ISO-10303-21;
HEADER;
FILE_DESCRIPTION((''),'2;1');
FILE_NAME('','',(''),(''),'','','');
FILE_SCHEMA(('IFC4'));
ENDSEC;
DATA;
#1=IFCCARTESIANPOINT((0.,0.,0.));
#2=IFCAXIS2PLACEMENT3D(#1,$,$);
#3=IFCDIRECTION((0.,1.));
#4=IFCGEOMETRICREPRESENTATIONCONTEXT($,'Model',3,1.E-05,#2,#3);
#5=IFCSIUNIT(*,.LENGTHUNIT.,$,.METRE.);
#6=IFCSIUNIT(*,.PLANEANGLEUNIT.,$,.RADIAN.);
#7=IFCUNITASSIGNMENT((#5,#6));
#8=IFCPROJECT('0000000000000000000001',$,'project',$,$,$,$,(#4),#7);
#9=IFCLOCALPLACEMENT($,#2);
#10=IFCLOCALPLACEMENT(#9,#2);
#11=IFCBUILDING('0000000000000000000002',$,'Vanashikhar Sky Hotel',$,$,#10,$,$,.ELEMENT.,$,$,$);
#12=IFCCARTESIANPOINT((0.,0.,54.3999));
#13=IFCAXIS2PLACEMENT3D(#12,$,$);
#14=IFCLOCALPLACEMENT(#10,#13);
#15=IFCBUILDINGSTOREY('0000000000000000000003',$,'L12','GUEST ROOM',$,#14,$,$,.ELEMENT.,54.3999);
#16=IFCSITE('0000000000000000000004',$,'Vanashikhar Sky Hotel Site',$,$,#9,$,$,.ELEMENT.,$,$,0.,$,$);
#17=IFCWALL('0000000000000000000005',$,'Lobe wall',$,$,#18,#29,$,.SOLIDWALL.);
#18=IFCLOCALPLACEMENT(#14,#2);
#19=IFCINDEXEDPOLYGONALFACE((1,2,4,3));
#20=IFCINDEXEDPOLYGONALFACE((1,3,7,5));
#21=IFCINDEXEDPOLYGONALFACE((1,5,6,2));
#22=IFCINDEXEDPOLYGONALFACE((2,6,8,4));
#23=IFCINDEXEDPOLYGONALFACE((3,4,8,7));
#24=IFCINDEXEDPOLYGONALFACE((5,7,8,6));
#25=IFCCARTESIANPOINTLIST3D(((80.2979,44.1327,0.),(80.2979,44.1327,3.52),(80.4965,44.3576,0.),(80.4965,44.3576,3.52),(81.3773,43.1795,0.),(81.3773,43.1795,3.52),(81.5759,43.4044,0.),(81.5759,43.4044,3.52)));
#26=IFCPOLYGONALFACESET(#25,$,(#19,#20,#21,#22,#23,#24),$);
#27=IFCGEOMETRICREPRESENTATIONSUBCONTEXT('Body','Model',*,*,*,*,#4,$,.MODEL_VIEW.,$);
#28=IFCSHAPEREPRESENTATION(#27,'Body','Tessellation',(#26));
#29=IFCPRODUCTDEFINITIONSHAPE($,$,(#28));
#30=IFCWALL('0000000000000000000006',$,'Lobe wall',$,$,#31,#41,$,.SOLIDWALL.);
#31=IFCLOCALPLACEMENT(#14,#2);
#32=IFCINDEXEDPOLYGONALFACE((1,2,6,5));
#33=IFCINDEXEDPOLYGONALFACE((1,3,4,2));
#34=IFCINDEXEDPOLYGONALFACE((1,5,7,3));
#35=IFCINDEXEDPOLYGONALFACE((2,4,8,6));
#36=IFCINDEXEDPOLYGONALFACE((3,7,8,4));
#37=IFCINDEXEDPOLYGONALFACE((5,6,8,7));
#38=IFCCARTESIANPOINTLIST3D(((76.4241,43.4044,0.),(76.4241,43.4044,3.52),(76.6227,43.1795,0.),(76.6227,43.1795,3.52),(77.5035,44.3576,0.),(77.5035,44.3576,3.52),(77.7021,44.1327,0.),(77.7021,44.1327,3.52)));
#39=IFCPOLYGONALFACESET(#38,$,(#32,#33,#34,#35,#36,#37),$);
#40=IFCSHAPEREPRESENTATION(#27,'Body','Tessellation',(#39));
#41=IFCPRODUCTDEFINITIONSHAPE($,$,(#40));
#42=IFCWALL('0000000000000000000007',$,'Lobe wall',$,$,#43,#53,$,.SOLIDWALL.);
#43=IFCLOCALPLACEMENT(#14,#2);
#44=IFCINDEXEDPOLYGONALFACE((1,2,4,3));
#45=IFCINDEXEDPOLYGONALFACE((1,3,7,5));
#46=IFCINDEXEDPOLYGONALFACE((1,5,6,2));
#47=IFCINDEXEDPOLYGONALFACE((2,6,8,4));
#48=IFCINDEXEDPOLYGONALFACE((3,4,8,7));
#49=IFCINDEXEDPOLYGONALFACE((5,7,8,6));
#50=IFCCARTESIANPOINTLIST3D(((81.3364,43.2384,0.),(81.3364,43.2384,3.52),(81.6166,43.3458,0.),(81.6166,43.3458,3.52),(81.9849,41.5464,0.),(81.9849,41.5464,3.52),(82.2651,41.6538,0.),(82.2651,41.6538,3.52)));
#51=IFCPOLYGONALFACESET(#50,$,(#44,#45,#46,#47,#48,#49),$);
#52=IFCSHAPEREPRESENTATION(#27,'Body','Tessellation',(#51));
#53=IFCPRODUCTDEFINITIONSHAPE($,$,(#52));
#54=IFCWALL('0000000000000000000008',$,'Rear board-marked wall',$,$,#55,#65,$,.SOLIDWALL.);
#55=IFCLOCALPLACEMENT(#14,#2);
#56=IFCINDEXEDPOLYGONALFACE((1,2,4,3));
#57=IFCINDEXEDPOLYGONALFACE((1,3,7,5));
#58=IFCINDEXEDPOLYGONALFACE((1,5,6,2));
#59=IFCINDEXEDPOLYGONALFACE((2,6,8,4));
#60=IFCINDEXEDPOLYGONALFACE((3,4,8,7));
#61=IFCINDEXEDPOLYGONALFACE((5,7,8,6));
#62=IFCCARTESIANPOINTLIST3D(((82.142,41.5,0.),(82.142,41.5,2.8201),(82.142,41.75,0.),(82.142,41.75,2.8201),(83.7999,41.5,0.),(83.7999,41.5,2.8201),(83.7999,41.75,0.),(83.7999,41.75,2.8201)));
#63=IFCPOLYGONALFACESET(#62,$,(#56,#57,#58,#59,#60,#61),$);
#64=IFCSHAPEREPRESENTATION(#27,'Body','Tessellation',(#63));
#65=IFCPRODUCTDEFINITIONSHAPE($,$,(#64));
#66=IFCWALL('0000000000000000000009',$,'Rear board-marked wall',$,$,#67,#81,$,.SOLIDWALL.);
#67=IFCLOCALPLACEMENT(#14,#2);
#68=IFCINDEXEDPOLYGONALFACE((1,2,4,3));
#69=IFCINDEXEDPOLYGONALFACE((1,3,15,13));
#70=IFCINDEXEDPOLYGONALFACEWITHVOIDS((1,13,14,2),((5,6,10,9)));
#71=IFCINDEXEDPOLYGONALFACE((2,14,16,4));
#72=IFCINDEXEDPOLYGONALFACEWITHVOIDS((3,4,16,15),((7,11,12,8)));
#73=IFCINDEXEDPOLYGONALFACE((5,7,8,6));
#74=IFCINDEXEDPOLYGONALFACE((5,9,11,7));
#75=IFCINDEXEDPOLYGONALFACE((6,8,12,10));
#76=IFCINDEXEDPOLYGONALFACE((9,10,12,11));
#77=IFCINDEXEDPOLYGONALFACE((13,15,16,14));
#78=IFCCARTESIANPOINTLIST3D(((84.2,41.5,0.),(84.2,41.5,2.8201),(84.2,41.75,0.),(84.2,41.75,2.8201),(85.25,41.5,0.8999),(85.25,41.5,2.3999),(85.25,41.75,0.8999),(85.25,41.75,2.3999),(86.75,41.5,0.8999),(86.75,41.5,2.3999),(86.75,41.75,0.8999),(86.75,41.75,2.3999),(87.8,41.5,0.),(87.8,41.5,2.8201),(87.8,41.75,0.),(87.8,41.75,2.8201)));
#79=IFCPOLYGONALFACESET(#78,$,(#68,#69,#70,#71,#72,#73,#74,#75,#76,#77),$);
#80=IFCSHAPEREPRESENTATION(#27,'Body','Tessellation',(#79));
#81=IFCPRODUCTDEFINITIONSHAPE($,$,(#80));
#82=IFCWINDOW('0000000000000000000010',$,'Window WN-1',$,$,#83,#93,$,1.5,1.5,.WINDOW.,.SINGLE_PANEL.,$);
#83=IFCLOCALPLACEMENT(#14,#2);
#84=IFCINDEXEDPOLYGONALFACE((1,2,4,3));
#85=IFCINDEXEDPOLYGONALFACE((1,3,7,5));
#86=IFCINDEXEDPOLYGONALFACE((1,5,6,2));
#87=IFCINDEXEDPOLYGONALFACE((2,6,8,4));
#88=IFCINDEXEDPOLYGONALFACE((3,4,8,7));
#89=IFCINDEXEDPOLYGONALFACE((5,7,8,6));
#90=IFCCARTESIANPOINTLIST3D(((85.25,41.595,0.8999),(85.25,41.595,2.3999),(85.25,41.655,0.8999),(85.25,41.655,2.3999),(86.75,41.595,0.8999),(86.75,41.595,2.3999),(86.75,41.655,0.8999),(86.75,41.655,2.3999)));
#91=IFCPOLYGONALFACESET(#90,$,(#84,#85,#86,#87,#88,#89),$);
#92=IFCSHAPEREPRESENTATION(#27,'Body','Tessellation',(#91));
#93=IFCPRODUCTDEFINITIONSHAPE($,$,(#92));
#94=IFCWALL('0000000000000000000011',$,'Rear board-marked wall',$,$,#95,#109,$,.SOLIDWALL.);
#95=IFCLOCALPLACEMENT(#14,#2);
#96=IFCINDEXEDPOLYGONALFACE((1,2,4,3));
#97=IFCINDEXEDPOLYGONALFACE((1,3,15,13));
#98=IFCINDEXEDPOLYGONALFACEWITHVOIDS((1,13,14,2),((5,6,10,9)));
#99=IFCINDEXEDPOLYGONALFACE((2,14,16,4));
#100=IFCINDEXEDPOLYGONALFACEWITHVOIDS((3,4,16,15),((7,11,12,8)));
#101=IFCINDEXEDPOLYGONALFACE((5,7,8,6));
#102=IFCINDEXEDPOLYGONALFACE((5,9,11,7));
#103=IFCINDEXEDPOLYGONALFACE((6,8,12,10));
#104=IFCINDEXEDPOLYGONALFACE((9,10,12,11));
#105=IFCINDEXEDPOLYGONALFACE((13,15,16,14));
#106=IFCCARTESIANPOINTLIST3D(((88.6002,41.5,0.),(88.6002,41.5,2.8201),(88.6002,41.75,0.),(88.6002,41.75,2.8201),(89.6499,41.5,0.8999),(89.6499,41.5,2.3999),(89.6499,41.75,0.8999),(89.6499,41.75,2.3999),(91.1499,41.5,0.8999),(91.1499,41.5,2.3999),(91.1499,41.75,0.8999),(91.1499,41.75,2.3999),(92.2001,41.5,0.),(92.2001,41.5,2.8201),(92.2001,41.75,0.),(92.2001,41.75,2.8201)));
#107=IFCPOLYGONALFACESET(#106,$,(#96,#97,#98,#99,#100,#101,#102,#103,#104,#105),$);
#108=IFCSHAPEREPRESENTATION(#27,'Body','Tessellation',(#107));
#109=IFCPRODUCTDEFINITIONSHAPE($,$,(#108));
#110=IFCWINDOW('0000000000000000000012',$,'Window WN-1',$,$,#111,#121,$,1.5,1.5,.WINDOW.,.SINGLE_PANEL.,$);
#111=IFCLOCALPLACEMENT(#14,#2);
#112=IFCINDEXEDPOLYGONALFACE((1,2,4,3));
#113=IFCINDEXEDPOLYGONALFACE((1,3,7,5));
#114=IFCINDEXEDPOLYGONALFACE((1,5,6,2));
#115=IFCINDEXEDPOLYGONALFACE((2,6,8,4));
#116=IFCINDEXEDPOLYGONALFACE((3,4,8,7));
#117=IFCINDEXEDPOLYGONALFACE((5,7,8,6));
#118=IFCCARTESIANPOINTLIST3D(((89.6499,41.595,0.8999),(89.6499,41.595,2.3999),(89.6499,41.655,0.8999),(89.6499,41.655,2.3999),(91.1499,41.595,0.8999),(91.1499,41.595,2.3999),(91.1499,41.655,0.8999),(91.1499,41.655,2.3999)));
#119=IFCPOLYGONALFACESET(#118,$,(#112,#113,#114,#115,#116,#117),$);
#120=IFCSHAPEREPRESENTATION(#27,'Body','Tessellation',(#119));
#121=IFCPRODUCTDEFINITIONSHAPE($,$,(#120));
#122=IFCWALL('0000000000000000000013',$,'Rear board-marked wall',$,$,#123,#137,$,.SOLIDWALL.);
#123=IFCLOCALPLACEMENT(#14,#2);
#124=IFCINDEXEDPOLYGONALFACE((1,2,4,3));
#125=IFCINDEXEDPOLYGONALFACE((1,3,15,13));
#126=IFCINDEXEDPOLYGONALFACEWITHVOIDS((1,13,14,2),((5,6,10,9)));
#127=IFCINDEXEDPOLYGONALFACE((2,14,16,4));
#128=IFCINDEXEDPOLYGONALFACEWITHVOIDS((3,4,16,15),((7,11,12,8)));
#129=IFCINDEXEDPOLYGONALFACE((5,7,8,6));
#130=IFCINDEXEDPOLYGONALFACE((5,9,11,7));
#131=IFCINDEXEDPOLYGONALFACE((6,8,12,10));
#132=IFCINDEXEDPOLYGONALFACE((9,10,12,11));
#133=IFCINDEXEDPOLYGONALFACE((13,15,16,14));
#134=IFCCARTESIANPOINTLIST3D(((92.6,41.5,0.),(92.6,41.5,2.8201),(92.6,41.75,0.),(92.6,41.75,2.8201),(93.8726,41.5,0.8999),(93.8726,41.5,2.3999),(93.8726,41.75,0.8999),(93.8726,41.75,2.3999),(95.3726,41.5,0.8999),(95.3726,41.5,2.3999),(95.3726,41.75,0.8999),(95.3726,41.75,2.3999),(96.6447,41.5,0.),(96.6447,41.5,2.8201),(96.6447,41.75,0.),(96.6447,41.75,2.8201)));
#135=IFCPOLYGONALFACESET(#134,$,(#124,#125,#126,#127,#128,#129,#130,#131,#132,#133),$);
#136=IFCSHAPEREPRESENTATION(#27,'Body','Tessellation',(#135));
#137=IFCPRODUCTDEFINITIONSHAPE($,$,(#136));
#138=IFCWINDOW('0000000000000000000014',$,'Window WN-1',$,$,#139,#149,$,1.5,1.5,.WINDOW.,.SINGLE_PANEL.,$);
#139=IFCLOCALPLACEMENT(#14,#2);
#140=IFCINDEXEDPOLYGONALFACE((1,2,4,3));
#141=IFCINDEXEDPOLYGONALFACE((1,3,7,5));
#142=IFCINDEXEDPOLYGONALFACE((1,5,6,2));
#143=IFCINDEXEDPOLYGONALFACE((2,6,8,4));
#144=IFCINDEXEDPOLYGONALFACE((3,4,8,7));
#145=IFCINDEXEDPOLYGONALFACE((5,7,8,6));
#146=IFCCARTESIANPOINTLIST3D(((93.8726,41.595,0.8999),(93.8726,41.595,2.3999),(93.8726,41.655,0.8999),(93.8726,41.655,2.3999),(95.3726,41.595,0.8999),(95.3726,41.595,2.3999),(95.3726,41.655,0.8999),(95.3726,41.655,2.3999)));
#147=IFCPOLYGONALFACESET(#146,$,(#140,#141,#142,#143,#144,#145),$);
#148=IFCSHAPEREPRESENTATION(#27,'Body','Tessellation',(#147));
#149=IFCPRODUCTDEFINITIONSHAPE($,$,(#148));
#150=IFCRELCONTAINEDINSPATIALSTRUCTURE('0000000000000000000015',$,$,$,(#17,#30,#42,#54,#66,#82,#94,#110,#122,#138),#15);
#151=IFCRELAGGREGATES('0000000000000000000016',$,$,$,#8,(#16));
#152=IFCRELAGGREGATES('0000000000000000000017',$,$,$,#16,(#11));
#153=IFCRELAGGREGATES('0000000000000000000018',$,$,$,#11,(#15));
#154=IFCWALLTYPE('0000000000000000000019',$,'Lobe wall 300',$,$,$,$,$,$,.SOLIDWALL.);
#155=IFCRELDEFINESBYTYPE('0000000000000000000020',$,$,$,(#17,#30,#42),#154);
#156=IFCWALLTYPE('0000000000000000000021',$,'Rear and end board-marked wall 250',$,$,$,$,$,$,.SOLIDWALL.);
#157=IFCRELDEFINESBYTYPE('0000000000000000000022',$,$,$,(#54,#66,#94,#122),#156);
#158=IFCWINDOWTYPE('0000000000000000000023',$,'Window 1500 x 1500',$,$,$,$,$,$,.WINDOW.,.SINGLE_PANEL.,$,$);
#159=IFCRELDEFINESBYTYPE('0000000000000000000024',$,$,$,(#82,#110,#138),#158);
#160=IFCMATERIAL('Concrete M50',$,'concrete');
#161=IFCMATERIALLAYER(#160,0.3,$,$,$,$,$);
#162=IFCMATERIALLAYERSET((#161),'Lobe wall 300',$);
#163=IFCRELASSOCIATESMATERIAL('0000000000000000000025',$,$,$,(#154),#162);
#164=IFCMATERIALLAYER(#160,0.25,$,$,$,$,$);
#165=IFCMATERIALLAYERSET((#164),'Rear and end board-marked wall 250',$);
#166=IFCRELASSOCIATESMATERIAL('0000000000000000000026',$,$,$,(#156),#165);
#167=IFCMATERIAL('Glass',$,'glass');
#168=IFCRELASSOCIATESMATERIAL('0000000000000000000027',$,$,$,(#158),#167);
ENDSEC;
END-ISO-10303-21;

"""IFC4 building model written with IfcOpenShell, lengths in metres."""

from ifc_helpers import new_model, si_unit, direction, frame, frame_2d, origin, place, context, subcontext, project, spatial, rectangle, extrude, source, transform, mapped, material, layer, layer_set, type_object, element, fill, save


model = new_model("IFC4")

# Units and contexts
model_context = context("Model", 3, precision=1e-05, world=origin(), true_north=direction((0.0, 1.0)))
body_context = subcontext(model_context, "Body", "Model", "MODEL_VIEW")
ifc_project = project(units=[si_unit("LENGTHUNIT", "METRE"), si_unit("PLANEANGLEUNIT", "RADIAN")], contexts=[model_context])

# Site, building, storey
site_placement = place(None, origin())
site = spatial("IfcSite", under=ifc_project, at=site_placement, Name="Vanashikhar Sky Hotel Site", CompositionType="ELEMENT", RefElevation=0.0)
building_placement = place(site_placement, origin())
building = spatial("IfcBuilding", under=site, at=building_placement, Name="Vanashikhar Sky Hotel", CompositionType="ELEMENT")
storey_placement = place(building_placement, frame((0.0, 0.0, 54.3999)))
storey = spatial("IfcBuildingStorey", under=building, at=storey_placement, Name="L12", Description="GUEST ROOM", CompositionType="ELEMENT", Elevation=54.3999)

# Shared definitions
ifc_material_1 = material(Name="Concrete M50", Category="concrete")

# Shared definitions
ifc_layer_1 = layer(ifc_material_1, 0.3)
ifc_layer_set_1 = layer_set([ifc_layer_1], Name="Lobe wall 300")
wall_type_1 = type_object("IfcWallType", Name="Lobe wall 300", PredefinedType="SOLIDWALL", material=ifc_layer_set_1)
ifc_material_2 = material(Name="Glass", Category="glass")

# Walls
shared_shape_1 = source(origin(), body_context, "Body", "SweptSolid", [
    extrude(rectangle(XDim=1.4399, YDim=0.3, at=frame_2d((0.72, 0.0))), origin(), (0.0, 0.0, 1.0), 3.52),
])
for number, where, z_axis, x_axis, name in (
    (1, (81.4766, 43.292, 0.0), (0.0, 0.0, 1.0), (-0.749576, 0.661919, 0.0), "Lobe wall"),
    (2, (77.6028, 44.2451, 0.0), (0.0, 0.0, 1.0), (-0.749576, -0.661919, 0.0), "Lobe wall"),
):
    element("IfcWall", number, at=place(storey_placement, frame(where, z_axis=z_axis, x_axis=x_axis)), inside=storey, type_object=wall_type_1, Name=name, PredefinedType="SOLIDWALL", context=body_context, shape_type="MappedRepresentation", body=[
        mapped(shared_shape_1, transform((0.0, 0.0, 0.0), scale=1.0)),
    ])
shared_shape_2 = source(origin(), body_context, "Body", "SweptSolid", [
    extrude(rectangle(XDim=1.812, YDim=0.3, at=frame_2d((0.906, 0.0))), origin(), (0.0, 0.0, 1.0), 3.52),
])
wall_1_placement = place(storey_placement, frame((82.125, 41.6001, 0.0), z_axis=(0.0, 0.0, 1.0), x_axis=(-0.357877, 0.933769, 0.0)))
element("IfcWall", 3, at=wall_1_placement, inside=storey, type_object=wall_type_1, Name="Lobe wall", PredefinedType="SOLIDWALL", context=body_context, shape_type="MappedRepresentation", body=[
    mapped(shared_shape_2, transform((0.0, 0.0, 0.0), scale=1.0)),
])
ifc_layer_2 = layer(ifc_material_1, 0.25)
ifc_layer_set_2 = layer_set([ifc_layer_2], Name="Rear and end board-marked wall 250")
wall_type_2 = type_object("IfcWallType", Name="Rear and end board-marked wall 250", PredefinedType="SOLIDWALL", material=ifc_layer_set_2)
shared_shape_3 = source(origin(), body_context, "Body", "SweptSolid", [
    extrude(rectangle(XDim=1.658, YDim=0.25, at=frame_2d((0.8291, 0.0))), origin(), (0.0, 0.0, 1.0), 2.8201),
])
wall_2_placement = place(storey_placement, frame((83.8, 41.625, 0.0), z_axis=(0.0, 0.0, 1.0), x_axis=(-1.0, 0.0, 0.0)))
element("IfcWall", 4, at=wall_2_placement, inside=storey, type_object=wall_type_2, Name="Rear board-marked wall", PredefinedType="SOLIDWALL", context=body_context, shape_type="MappedRepresentation", body=[
    mapped(shared_shape_3, transform((0.0, 0.0, 0.0), scale=1.0)),
])

# Walls, openings, windows
shared_shape_4 = source(origin(), body_context, "Body", "SweptSolid", [
    extrude(rectangle(XDim=3.6001, YDim=0.25, at=frame_2d((1.8, 0.0))), origin(), (0.0, 0.0, 1.0), 2.8201),
])
wall_3_placement = place(storey_placement, frame((87.8, 41.625, 0.0), z_axis=(0.0, 0.0, 1.0), x_axis=(-1.0, 0.0, 0.0)))
wall_3 = element("IfcWall", 5, at=wall_3_placement, inside=storey, type_object=wall_type_2, Name="Rear board-marked wall", PredefinedType="SOLIDWALL", context=body_context, shape_type="MappedRepresentation", body=[
    mapped(shared_shape_4, transform((0.0, 0.0, 0.0), scale=1.0)),
])
shared_shape_5 = source(origin(), body_context, "Body", "SweptSolid", [
    extrude(rectangle(XDim=1.5, YDim=1.5, at=frame_2d((0.75, 0.75))), frame((0.0, 0.135, 0.0), z_axis=(0.0, -1.0, 0.0), x_axis=(1.0, 0.0, 0.0)), (0.0, 0.0, 1.0), 0.27),
])
opening_1_placement = place(wall_3_placement, frame((1.05, 0.0, 0.8999)))
opening_1 = element("IfcOpeningElement", 6, at=opening_1_placement, cuts=wall_3, PredefinedType="OPENING", context=body_context, shape_type="MappedRepresentation", body=[
    mapped(shared_shape_5, transform((0.0, 0.0, 0.0), scale=1.0)),
])
window_type_1 = type_object("IfcWindowType", Name="Window 1500 x 1500", PartitioningType="SINGLE_PANEL", PredefinedType="WINDOW", material=ifc_material_2)
shared_shape_6 = source(origin(), body_context, "Body", "SweptSolid", [
    extrude(rectangle(XDim=1.5, YDim=1.5, at=frame_2d((0.75, 0.75))), frame((0.0, 0.03, 0.0), z_axis=(0.0, -1.0, 0.0), x_axis=(1.0, 0.0, 0.0)), (0.0, 0.0, 1.0), 0.0601),
])
window_1_placement = place(opening_1_placement, origin())
window_1 = element("IfcWindow", 7, at=window_1_placement, inside=storey, type_object=window_type_1, Name="Window WN-1", OverallHeight=1.5, OverallWidth=1.5, PartitioningType="SINGLE_PANEL", PredefinedType="WINDOW", context=body_context, shape_type="MappedRepresentation", body=[
    mapped(shared_shape_6, transform((0.0, 0.0, 0.0), scale=1.0)),
])
fill(opening_1, window_1)
shared_shape_7 = source(origin(), body_context, "Body", "SweptSolid", [
    extrude(rectangle(XDim=3.5999, YDim=0.25, at=frame_2d((1.7998, 0.0))), origin(), (0.0, 0.0, 1.0), 2.8201),
])
wall_4_placement = place(storey_placement, frame((92.2, 41.625, 0.0), z_axis=(0.0, 0.0, 1.0), x_axis=(-1.0, 0.0, 0.0)))
wall_4 = element("IfcWall", 8, at=wall_4_placement, inside=storey, type_object=wall_type_2, Name="Rear board-marked wall", PredefinedType="SOLIDWALL", context=body_context, shape_type="MappedRepresentation", body=[
    mapped(shared_shape_7, transform((0.0, 0.0, 0.0), scale=1.0)),
])
opening_2_placement = place(wall_4_placement, frame((1.05, 0.0, 0.8999)))
opening_2 = element("IfcOpeningElement", 9, at=opening_2_placement, cuts=wall_4, PredefinedType="OPENING", context=body_context, shape_type="MappedRepresentation", body=[
    mapped(shared_shape_5, transform((0.0, 0.0, 0.0), scale=1.0)),
])
window_2_placement = place(opening_2_placement, origin())
window_2 = element("IfcWindow", 10, at=window_2_placement, inside=storey, type_object=window_type_1, Name="Window WN-1", OverallHeight=1.5, OverallWidth=1.5, PartitioningType="SINGLE_PANEL", PredefinedType="WINDOW", context=body_context, shape_type="MappedRepresentation", body=[
    mapped(shared_shape_6, transform((0.0, 0.0, 0.0), scale=1.0)),
])
fill(opening_2, window_2)
shared_shape_8 = source(origin(), body_context, "Body", "SweptSolid", [
    extrude(rectangle(XDim=4.0447, YDim=0.25, at=frame_2d((2.0225, 0.0))), origin(), (0.0, 0.0, 1.0), 2.8201),
])
wall_5_placement = place(storey_placement, frame((96.6448, 41.625, 0.0), z_axis=(0.0, 0.0, 1.0), x_axis=(-1.0, 0.0, 0.0)))
wall_5 = element("IfcWall", 11, at=wall_5_placement, inside=storey, type_object=wall_type_2, Name="Rear board-marked wall", PredefinedType="SOLIDWALL", context=body_context, shape_type="MappedRepresentation", body=[
    mapped(shared_shape_8, transform((0.0, 0.0, 0.0), scale=1.0)),
])
opening_3_placement = place(wall_5_placement, frame((1.2722, 0.0, 0.8999)))
opening_3 = element("IfcOpeningElement", 12, at=opening_3_placement, cuts=wall_5, PredefinedType="OPENING", context=body_context, shape_type="MappedRepresentation", body=[
    mapped(shared_shape_5, transform((0.0, 0.0, 0.0), scale=1.0)),
])
window_3_placement = place(opening_3_placement, origin())
window_3 = element("IfcWindow", 13, at=window_3_placement, inside=storey, type_object=window_type_1, Name="Window WN-1", OverallHeight=1.5, OverallWidth=1.5, PartitioningType="SINGLE_PANEL", PredefinedType="WINDOW", context=body_context, shape_type="MappedRepresentation", body=[
    mapped(shared_shape_6, transform((0.0, 0.0, 0.0), scale=1.0)),
])
fill(opening_3, window_3)

save(model, "model.ifc")
